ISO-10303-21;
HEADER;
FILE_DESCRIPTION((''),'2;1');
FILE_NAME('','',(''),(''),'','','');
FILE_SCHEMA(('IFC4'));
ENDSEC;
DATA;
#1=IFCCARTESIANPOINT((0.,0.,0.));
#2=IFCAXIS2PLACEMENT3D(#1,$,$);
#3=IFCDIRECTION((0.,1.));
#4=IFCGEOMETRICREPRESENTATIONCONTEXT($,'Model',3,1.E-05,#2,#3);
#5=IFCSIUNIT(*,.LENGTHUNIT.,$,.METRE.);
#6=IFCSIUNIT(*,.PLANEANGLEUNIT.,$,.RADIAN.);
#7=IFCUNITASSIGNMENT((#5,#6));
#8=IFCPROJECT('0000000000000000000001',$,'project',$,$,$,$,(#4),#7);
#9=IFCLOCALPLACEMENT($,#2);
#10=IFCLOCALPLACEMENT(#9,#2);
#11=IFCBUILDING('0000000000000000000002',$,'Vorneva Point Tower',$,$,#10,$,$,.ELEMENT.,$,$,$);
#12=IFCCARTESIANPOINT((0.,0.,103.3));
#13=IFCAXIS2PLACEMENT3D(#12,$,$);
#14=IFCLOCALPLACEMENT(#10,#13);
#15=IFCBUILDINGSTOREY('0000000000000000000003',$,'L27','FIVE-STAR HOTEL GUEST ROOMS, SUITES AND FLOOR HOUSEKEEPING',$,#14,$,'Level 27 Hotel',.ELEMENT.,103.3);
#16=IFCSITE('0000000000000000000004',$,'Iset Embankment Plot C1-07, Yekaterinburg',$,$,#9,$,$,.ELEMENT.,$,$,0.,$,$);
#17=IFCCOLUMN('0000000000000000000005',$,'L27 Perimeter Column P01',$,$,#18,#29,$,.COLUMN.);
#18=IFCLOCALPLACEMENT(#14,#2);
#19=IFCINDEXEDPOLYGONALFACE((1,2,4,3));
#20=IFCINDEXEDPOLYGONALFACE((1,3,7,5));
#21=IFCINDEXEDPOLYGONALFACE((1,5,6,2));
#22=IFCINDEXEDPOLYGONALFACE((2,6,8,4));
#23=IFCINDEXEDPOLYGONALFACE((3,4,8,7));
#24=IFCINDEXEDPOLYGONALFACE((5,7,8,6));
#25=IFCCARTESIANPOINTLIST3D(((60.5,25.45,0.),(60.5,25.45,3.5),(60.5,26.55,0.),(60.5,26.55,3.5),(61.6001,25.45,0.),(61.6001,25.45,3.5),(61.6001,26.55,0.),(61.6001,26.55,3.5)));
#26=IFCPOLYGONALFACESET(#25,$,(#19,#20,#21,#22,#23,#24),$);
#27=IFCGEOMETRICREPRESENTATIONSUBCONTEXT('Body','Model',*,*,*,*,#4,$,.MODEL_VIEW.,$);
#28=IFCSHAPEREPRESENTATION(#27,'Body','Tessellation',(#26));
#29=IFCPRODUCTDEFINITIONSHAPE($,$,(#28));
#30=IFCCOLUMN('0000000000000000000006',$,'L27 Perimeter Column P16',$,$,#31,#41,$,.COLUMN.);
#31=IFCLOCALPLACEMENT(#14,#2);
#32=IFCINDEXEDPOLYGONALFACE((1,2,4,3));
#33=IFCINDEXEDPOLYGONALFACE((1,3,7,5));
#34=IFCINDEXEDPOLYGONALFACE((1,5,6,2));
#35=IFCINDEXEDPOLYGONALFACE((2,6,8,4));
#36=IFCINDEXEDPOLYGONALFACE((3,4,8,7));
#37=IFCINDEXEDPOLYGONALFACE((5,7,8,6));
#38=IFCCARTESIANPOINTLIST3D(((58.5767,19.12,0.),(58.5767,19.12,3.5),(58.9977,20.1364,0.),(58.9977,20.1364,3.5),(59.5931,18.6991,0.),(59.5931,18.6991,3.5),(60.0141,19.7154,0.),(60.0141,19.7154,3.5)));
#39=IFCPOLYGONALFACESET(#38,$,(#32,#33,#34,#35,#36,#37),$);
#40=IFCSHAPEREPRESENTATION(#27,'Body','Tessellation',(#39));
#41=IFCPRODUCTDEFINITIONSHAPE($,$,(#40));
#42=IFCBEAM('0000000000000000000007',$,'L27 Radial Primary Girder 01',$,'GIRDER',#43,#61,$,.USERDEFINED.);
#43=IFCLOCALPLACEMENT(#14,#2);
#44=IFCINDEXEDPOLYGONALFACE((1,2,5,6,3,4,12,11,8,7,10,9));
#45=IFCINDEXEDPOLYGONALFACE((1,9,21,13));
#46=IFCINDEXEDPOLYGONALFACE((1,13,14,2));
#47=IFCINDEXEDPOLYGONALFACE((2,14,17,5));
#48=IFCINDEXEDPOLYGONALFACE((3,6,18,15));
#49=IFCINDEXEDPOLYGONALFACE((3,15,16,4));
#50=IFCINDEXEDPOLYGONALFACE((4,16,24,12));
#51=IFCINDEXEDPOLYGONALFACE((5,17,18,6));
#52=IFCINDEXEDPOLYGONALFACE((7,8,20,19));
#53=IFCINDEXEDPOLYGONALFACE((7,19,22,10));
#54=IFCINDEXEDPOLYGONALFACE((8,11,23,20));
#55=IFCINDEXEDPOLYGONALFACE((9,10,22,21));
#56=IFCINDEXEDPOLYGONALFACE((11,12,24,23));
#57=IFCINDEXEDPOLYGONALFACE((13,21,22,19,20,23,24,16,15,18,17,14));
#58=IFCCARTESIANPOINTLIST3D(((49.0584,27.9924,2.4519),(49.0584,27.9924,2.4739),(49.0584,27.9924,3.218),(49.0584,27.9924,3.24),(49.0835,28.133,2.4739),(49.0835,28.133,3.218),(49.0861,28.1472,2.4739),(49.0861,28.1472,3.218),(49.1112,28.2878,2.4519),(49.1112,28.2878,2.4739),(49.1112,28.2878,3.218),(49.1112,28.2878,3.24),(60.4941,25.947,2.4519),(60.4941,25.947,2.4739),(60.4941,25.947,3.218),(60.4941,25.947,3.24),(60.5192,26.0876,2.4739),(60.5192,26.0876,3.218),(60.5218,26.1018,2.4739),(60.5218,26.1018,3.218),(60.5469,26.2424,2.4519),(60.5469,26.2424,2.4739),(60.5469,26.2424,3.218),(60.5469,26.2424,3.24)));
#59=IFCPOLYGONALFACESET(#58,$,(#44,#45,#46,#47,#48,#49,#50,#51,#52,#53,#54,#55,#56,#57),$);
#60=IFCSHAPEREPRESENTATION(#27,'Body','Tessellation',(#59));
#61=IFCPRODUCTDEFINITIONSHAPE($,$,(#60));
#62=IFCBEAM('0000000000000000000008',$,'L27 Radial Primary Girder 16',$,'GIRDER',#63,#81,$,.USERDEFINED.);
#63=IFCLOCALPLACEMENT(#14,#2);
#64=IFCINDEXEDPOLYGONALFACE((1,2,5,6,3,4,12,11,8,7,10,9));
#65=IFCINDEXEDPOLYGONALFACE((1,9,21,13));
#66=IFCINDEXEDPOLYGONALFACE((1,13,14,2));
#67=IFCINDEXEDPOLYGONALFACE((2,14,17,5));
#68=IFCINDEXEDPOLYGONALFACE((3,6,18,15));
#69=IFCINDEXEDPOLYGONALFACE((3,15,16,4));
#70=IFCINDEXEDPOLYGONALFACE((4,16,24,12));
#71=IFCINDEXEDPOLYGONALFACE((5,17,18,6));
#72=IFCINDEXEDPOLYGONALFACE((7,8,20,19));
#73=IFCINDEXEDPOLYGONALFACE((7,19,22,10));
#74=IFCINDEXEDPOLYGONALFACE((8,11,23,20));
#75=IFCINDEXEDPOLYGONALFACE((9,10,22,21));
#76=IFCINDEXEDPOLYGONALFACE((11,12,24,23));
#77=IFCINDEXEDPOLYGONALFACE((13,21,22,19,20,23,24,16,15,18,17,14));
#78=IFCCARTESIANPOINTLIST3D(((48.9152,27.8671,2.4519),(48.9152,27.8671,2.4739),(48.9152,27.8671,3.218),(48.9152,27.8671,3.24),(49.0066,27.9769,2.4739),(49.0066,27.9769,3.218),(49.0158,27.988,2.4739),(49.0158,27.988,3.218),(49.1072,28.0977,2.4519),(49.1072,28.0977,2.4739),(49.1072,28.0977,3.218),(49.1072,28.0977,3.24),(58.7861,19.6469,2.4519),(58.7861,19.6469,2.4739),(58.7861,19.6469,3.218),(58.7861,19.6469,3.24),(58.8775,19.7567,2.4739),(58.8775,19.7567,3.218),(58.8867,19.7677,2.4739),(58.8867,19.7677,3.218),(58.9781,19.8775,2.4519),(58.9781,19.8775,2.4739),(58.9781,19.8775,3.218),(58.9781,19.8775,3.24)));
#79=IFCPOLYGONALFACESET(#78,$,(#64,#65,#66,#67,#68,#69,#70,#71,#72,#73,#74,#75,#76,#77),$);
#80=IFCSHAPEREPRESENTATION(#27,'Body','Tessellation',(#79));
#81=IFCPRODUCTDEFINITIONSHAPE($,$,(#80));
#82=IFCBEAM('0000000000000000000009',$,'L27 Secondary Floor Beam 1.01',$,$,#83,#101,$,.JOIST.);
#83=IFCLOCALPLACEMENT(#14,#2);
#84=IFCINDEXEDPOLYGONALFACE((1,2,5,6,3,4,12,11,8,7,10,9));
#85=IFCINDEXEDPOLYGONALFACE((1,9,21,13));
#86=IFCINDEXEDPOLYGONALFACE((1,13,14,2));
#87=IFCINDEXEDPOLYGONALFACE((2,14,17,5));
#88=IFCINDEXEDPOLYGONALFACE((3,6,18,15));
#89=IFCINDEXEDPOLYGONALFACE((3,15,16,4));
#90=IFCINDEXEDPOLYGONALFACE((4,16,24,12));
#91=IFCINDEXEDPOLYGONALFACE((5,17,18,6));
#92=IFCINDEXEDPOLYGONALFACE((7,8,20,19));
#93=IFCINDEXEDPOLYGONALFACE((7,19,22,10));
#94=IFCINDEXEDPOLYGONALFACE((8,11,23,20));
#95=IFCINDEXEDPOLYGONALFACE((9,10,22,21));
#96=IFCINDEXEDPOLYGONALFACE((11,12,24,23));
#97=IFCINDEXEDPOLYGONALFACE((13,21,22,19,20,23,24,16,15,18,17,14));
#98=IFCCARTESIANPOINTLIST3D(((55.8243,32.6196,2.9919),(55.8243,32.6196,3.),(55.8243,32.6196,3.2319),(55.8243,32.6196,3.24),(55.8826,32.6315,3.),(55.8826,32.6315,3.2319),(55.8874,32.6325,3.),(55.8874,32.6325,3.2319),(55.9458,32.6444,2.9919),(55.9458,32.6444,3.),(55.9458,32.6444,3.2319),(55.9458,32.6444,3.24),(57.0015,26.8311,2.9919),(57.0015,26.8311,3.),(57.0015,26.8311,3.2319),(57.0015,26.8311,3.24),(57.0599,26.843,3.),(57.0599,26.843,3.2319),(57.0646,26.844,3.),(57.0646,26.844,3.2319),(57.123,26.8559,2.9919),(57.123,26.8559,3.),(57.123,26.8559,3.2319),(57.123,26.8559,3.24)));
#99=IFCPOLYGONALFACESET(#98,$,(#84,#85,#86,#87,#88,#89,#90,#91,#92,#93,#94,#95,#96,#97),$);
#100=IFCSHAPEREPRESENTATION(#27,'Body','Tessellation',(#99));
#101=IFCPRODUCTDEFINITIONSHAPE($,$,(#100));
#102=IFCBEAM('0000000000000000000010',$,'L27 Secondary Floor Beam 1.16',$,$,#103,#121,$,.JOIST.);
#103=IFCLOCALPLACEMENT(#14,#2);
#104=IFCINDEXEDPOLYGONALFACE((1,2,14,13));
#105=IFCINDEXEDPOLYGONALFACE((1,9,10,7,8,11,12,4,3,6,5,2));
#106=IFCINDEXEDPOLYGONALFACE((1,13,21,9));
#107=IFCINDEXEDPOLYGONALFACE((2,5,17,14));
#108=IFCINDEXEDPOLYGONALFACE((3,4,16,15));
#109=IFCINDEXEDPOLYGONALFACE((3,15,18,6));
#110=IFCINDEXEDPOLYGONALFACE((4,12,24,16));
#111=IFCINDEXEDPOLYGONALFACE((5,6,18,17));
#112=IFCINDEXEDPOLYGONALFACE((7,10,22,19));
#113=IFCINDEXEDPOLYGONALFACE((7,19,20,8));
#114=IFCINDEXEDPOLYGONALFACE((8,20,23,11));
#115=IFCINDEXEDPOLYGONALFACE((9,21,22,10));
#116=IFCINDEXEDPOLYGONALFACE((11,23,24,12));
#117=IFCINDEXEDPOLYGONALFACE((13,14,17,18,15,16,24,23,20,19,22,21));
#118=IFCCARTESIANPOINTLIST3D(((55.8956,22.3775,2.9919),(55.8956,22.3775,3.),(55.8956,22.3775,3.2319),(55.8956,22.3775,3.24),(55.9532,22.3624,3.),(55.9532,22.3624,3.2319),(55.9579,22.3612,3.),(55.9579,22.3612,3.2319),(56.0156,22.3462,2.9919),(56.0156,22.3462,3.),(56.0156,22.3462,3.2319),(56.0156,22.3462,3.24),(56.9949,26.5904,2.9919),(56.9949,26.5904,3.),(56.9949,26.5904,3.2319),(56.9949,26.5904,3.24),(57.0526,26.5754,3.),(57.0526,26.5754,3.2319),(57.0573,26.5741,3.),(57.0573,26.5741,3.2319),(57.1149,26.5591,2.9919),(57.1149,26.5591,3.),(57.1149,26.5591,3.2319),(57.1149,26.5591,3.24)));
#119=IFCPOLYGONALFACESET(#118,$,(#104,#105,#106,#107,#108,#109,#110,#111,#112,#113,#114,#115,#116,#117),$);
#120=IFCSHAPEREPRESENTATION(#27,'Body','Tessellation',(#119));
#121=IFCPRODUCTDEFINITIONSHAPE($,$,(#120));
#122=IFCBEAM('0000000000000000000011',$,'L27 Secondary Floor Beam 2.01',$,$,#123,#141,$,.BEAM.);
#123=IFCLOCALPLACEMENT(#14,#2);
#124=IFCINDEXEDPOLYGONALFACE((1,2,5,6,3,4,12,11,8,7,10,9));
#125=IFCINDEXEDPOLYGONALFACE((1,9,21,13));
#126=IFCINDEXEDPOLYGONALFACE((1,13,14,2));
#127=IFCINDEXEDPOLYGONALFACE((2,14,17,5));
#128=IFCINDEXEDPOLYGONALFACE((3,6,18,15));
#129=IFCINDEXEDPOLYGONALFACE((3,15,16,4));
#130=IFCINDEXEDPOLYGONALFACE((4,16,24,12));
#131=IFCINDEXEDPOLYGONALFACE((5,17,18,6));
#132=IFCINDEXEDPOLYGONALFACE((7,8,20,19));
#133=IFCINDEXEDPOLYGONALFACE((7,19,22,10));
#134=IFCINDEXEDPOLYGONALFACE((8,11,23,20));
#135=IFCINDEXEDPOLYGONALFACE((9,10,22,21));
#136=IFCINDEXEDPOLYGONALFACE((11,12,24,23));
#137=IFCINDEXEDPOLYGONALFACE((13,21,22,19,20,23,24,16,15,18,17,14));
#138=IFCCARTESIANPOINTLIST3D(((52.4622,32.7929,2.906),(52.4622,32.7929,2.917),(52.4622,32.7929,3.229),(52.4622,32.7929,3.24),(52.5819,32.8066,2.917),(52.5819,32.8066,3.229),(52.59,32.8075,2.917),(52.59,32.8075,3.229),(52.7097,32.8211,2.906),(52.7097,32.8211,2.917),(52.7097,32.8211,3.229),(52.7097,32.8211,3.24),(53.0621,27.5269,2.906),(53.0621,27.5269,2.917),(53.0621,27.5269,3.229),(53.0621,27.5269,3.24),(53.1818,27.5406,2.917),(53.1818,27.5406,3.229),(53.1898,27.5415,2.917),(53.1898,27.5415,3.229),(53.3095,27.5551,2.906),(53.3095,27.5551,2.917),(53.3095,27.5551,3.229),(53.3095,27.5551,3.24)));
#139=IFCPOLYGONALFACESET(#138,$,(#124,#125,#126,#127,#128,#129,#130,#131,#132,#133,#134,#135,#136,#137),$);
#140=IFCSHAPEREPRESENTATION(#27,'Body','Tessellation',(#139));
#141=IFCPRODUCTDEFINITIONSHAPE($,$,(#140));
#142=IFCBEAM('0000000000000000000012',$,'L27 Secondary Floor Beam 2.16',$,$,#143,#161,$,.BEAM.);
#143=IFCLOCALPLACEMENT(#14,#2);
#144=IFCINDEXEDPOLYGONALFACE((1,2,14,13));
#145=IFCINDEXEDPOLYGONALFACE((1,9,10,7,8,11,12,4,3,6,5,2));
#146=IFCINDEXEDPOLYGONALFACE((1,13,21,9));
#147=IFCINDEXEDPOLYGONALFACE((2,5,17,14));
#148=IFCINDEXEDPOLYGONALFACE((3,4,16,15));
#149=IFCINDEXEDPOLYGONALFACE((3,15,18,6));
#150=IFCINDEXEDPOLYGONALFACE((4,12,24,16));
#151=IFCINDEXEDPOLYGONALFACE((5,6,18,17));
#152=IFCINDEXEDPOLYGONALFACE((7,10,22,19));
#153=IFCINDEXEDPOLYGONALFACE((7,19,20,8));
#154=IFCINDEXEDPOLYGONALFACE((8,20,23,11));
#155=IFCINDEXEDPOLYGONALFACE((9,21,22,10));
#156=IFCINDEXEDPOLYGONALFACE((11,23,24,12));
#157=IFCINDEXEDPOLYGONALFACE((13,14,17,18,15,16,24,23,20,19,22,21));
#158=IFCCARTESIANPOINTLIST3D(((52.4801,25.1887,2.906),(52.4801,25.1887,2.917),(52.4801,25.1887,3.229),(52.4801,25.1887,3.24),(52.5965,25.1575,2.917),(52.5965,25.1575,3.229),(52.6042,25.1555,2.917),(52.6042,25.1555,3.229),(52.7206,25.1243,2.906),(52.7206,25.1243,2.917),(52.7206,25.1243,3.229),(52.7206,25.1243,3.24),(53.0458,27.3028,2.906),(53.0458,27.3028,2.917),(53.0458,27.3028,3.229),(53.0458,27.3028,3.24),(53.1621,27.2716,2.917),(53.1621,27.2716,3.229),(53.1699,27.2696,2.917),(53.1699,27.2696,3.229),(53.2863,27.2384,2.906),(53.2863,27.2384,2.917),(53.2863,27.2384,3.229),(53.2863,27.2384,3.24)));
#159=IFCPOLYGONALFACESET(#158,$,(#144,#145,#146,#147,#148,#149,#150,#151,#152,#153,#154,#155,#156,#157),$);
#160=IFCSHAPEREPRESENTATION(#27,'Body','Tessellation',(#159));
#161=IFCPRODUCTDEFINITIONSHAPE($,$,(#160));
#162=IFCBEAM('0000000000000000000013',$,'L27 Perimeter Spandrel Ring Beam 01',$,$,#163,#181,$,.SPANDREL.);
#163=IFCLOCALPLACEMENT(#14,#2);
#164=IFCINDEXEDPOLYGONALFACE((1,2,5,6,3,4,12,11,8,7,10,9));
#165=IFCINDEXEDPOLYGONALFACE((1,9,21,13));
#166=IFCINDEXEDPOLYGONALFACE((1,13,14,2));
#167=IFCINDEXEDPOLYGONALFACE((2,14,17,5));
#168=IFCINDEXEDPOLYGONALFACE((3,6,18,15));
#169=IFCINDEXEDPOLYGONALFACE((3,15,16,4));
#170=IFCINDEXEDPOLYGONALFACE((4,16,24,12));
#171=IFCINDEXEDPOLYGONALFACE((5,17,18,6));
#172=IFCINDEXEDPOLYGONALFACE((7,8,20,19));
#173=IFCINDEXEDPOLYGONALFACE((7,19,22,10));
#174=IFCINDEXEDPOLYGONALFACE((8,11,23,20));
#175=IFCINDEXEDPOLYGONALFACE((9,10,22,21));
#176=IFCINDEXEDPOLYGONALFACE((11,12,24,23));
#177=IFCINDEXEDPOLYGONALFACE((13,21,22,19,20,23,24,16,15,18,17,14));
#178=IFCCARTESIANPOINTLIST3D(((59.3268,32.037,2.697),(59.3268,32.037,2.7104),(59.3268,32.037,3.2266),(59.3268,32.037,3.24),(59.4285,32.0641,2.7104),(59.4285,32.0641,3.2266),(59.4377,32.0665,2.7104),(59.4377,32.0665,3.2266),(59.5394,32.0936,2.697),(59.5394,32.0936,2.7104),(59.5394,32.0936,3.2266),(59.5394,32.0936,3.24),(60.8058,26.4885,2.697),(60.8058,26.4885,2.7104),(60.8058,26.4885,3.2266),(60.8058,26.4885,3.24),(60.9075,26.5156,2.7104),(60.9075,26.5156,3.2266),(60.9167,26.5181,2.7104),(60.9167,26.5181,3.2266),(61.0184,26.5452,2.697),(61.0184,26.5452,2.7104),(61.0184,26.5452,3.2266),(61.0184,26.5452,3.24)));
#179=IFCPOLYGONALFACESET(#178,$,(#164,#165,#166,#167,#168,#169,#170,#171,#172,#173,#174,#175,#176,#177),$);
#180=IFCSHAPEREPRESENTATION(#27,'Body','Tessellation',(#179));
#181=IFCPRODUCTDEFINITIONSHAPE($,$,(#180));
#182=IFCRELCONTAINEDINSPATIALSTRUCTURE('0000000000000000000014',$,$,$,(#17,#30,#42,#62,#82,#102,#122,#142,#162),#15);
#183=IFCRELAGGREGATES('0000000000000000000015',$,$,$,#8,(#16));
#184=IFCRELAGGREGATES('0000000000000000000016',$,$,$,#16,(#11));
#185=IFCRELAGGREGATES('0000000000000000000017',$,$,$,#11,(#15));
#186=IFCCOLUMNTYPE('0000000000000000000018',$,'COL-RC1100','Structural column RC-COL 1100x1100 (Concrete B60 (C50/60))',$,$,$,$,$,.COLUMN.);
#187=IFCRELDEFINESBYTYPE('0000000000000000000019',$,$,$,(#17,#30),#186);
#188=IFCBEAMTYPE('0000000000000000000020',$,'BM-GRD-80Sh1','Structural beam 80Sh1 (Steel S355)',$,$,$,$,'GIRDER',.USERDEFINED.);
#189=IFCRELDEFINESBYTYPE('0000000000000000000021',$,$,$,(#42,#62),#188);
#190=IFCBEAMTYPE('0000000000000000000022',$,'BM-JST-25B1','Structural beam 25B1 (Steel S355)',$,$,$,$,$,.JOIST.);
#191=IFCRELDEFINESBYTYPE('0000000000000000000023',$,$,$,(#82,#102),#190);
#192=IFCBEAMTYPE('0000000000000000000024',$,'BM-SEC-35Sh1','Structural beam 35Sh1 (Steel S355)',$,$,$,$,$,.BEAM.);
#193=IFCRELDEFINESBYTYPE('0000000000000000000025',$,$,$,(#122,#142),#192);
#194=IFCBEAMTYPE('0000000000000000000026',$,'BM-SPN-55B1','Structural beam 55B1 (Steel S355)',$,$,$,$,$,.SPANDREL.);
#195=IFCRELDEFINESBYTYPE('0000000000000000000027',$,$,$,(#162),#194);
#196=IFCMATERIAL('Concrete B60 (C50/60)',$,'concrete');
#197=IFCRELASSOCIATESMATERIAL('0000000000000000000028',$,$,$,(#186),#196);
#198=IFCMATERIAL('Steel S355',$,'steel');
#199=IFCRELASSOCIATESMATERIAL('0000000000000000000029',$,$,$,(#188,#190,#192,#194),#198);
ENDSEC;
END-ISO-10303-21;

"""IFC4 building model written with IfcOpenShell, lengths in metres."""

from ifc_helpers import new_model, si_unit, direction, frame, origin, origin_2d, place, context, subcontext, project, spatial, rectangle, i_section, extrude, material, material_profile, profile_set, type_object, element, save


model = new_model("IFC4")

# Units and contexts
model_context = context("Model", 3, precision=1e-05, world=origin(), true_north=direction((0.0, 1.0)))
body_context = subcontext(model_context, "Body", "Model", "MODEL_VIEW")
ifc_project = project(units=[si_unit("LENGTHUNIT", "METRE"), si_unit("PLANEANGLEUNIT", "RADIAN")], contexts=[model_context])

# Site, building, storey
site_placement = place(None, origin())
site = spatial("IfcSite", under=ifc_project, at=site_placement, Name="Iset Embankment Plot C1-07, Yekaterinburg", CompositionType="ELEMENT", RefElevation=0.0)
building_placement = place(site_placement, origin())
building = spatial("IfcBuilding", under=site, at=building_placement, Name="Vorneva Point Tower", CompositionType="ELEMENT")
storey_placement = place(building_placement, frame((0.0, 0.0, 103.3)))
storey = spatial("IfcBuildingStorey", under=building, at=storey_placement, Name="L27", Description="FIVE-STAR HOTEL GUEST ROOMS, SUITES AND FLOOR HOUSEKEEPING", LongName="Level 27 Hotel", CompositionType="ELEMENT", Elevation=103.3)

# Columns
ifc_material_1 = material(Name="Concrete B60 (C50/60)", Category="concrete")
ifc_material_profile_1 = material_profile(ifc_material_1, rectangle(XDim=1.1001, YDim=1.1001, at=origin_2d()), Name="RC-COL 1100x1100")
ifc_profile_set_1 = profile_set([ifc_material_profile_1], Name="Concrete B60 (C50/60)")
column_type = type_object("IfcColumnType", Name="COL-RC1100", Description="Structural column RC-COL 1100x1100 (Concrete B60 (C50/60))", PredefinedType="COLUMN", material=ifc_profile_set_1)
for number, where, z_axis, x_axis, name in (
    (1, (61.05, 26.0, 0.0), (0.0, 0.0, 1.0), (1.0, 0.0, 0.0), "L27 Perimeter Column P01"),
    (2, (59.2954, 19.4177, 0.0), (0.0, 0.0, 1.0), (0.92388, -0.382683, 0.0), "L27 Perimeter Column P16"),
):
    element("IfcColumn", number, at=place(storey_placement, frame(where, z_axis=z_axis, x_axis=x_axis)), inside=storey, type_object=column_type, Name=name, PredefinedType="COLUMN", context=body_context, shape_type="SweptSolid", body=[
        extrude(rectangle(XDim=1.1001, YDim=1.1001, at=origin_2d()), origin(), (0.0, 0.0, 1.0), 3.5),
    ])

# Beams
ifc_material_2 = material(Name="Steel S355", Category="steel")
ifc_material_profile_2 = material_profile(ifc_material_2, i_section(OverallWidth=0.3, OverallDepth=0.7881, WebThickness=0.0144, FlangeThickness=0.022, at=origin_2d()), Name="80Sh1")
ifc_profile_set_2 = profile_set([ifc_material_profile_2], Name="Steel S355")
beam_type_1 = type_object("IfcBeamType", Name="BM-GRD-80Sh1", Description="Structural beam 80Sh1 (Steel S355)", ElementType="GIRDER", PredefinedType="USERDEFINED", material=ifc_profile_set_2)
beam_1_placement = place(storey_placement, frame((60.5205, 26.0947, 2.8459), z_axis=(-0.984378, 0.176066, 0.0), x_axis=(-0.176066, -0.984378, 0.0)))
element("IfcBeam", 3, at=beam_1_placement, inside=storey, type_object=beam_type_1, Name="L27 Radial Primary Girder 01", ObjectType="GIRDER", PredefinedType="USERDEFINED", context=body_context, shape_type="SweptSolid", body=[
    extrude(i_section(OverallWidth=0.3, OverallDepth=0.7881, WebThickness=0.0144, FlangeThickness=0.022, at=origin_2d()), origin(), (0.0, 0.0, 1.0), 11.6172),
])
beam_2_placement = place(storey_placement, frame((58.8821, 19.7622, 2.8459), z_axis=(-0.768432, 0.639932, 0.0), x_axis=(-0.639932, -0.768432, 0.0)))
element("IfcBeam", 4, at=beam_2_placement, inside=storey, type_object=beam_type_1, Name="L27 Radial Primary Girder 16", ObjectType="GIRDER", PredefinedType="USERDEFINED", context=body_context, shape_type="SweptSolid", body=[
    extrude(i_section(OverallWidth=0.3, OverallDepth=0.7881, WebThickness=0.0144, FlangeThickness=0.022, at=origin_2d()), origin(), (0.0, 0.0, 1.0), 12.8455),
])
ifc_material_profile_3 = material_profile(ifc_material_2, i_section(OverallWidth=0.124, OverallDepth=0.248, WebThickness=0.0049, FlangeThickness=0.0081, at=origin_2d()), Name="25B1")
ifc_profile_set_3 = profile_set([ifc_material_profile_3], Name="Steel S355")
beam_type_2 = type_object("IfcBeamType", Name="BM-JST-25B1", Description="Structural beam 25B1 (Steel S355)", PredefinedType="JOIST", material=ifc_profile_set_3)
beam_3_placement = place(storey_placement, frame((57.0623, 26.8435, 3.116), z_axis=(-0.199294, 0.97994, 0.0), x_axis=(-0.97994, -0.199294, 0.0)))
element("IfcBeam", 5, at=beam_3_placement, inside=storey, type_object=beam_type_2, Name="L27 Secondary Floor Beam 1.01", PredefinedType="JOIST", context=body_context, shape_type="SweptSolid", body=[
    extrude(i_section(OverallWidth=0.124, OverallDepth=0.248, WebThickness=0.0049, FlangeThickness=0.0081, at=origin_2d()), origin(), (0.0, 0.0, 1.0), 5.907),
])
beam_4_placement = place(storey_placement, frame((55.9556, 22.3618, 3.116), z_axis=(0.252497, 0.967598, 0.0), x_axis=(-0.967598, 0.252497, 0.0)))
element("IfcBeam", 6, at=beam_4_placement, inside=storey, type_object=beam_type_2, Name="L27 Secondary Floor Beam 1.16", PredefinedType="JOIST", context=body_context, shape_type="SweptSolid", body=[
    extrude(i_section(OverallWidth=0.124, OverallDepth=0.248, WebThickness=0.0049, FlangeThickness=0.0081, at=origin_2d()), origin(), (0.0, 0.0, 1.0), 4.354),
])
ifc_material_profile_4 = material_profile(ifc_material_2, i_section(OverallWidth=0.249, OverallDepth=0.334, WebThickness=0.0081, FlangeThickness=0.011, at=origin_2d()), Name="35Sh1")
ifc_profile_set_4 = profile_set([ifc_material_profile_4], Name="Steel S355")
beam_type_3 = type_object("IfcBeamType", Name="BM-SEC-35Sh1", Description="Structural beam 35Sh1 (Steel S355)", PredefinedType="BEAM", material=ifc_profile_set_4)
beam_5_placement = place(storey_placement, frame((53.1858, 27.541, 3.073), z_axis=(-0.113176, 0.993575, 0.0), x_axis=(-0.993575, -0.113176, 0.0)))
element("IfcBeam", 7, at=beam_5_placement, inside=storey, type_object=beam_type_3, Name="L27 Secondary Floor Beam 2.01", PredefinedType="BEAM", context=body_context, shape_type="SweptSolid", body=[
    extrude(i_section(OverallWidth=0.249, OverallDepth=0.334, WebThickness=0.0081, FlangeThickness=0.011, at=origin_2d()), origin(), (0.0, 0.0, 1.0), 5.3),
])
beam_6_placement = place(storey_placement, frame((52.6003, 25.1565, 3.073), z_axis=(0.258489, 0.966014, 0.0), x_axis=(-0.966014, 0.258489, 0.0)))
element("IfcBeam", 8, at=beam_6_placement, inside=storey, type_object=beam_type_3, Name="L27 Secondary Floor Beam 2.16", PredefinedType="BEAM", context=body_context, shape_type="SweptSolid", body=[
    extrude(i_section(OverallWidth=0.249, OverallDepth=0.334, WebThickness=0.0081, FlangeThickness=0.011, at=origin_2d()), origin(), (0.0, 0.0, 1.0), 2.1885),
])
ifc_material_profile_5 = material_profile(ifc_material_2, i_section(OverallWidth=0.22, OverallDepth=0.543, WebThickness=0.0095, FlangeThickness=0.0134, at=origin_2d()), Name="55B1")
ifc_profile_set_5 = profile_set([ifc_material_profile_5], Name="Steel S355")
beam_type_4 = type_object("IfcBeamType", Name="BM-SPN-55B1", Description="Structural beam 55B1 (Steel S355)", PredefinedType="SPANDREL", material=ifc_profile_set_5)
for number, where, z_axis, x_axis, name in (
    (9, (60.9121, 26.5168, 2.9685), (-0.257573, 0.966259, 0.0), (-0.966259, -0.257573, 0.0), "L27 Perimeter Spandrel Ring Beam 01"),
):
    element("IfcBeam", number, at=place(storey_placement, frame(where, z_axis=z_axis, x_axis=x_axis)), inside=storey, type_object=beam_type_4, Name=name, PredefinedType="SPANDREL", context=body_context, shape_type="SweptSolid", body=[
        extrude(i_section(OverallWidth=0.22, OverallDepth=0.543, WebThickness=0.0095, FlangeThickness=0.0134, at=origin_2d()), origin(), (0.0, 0.0, 1.0), 5.7422),
    ])

save(model, "model.ifc")
